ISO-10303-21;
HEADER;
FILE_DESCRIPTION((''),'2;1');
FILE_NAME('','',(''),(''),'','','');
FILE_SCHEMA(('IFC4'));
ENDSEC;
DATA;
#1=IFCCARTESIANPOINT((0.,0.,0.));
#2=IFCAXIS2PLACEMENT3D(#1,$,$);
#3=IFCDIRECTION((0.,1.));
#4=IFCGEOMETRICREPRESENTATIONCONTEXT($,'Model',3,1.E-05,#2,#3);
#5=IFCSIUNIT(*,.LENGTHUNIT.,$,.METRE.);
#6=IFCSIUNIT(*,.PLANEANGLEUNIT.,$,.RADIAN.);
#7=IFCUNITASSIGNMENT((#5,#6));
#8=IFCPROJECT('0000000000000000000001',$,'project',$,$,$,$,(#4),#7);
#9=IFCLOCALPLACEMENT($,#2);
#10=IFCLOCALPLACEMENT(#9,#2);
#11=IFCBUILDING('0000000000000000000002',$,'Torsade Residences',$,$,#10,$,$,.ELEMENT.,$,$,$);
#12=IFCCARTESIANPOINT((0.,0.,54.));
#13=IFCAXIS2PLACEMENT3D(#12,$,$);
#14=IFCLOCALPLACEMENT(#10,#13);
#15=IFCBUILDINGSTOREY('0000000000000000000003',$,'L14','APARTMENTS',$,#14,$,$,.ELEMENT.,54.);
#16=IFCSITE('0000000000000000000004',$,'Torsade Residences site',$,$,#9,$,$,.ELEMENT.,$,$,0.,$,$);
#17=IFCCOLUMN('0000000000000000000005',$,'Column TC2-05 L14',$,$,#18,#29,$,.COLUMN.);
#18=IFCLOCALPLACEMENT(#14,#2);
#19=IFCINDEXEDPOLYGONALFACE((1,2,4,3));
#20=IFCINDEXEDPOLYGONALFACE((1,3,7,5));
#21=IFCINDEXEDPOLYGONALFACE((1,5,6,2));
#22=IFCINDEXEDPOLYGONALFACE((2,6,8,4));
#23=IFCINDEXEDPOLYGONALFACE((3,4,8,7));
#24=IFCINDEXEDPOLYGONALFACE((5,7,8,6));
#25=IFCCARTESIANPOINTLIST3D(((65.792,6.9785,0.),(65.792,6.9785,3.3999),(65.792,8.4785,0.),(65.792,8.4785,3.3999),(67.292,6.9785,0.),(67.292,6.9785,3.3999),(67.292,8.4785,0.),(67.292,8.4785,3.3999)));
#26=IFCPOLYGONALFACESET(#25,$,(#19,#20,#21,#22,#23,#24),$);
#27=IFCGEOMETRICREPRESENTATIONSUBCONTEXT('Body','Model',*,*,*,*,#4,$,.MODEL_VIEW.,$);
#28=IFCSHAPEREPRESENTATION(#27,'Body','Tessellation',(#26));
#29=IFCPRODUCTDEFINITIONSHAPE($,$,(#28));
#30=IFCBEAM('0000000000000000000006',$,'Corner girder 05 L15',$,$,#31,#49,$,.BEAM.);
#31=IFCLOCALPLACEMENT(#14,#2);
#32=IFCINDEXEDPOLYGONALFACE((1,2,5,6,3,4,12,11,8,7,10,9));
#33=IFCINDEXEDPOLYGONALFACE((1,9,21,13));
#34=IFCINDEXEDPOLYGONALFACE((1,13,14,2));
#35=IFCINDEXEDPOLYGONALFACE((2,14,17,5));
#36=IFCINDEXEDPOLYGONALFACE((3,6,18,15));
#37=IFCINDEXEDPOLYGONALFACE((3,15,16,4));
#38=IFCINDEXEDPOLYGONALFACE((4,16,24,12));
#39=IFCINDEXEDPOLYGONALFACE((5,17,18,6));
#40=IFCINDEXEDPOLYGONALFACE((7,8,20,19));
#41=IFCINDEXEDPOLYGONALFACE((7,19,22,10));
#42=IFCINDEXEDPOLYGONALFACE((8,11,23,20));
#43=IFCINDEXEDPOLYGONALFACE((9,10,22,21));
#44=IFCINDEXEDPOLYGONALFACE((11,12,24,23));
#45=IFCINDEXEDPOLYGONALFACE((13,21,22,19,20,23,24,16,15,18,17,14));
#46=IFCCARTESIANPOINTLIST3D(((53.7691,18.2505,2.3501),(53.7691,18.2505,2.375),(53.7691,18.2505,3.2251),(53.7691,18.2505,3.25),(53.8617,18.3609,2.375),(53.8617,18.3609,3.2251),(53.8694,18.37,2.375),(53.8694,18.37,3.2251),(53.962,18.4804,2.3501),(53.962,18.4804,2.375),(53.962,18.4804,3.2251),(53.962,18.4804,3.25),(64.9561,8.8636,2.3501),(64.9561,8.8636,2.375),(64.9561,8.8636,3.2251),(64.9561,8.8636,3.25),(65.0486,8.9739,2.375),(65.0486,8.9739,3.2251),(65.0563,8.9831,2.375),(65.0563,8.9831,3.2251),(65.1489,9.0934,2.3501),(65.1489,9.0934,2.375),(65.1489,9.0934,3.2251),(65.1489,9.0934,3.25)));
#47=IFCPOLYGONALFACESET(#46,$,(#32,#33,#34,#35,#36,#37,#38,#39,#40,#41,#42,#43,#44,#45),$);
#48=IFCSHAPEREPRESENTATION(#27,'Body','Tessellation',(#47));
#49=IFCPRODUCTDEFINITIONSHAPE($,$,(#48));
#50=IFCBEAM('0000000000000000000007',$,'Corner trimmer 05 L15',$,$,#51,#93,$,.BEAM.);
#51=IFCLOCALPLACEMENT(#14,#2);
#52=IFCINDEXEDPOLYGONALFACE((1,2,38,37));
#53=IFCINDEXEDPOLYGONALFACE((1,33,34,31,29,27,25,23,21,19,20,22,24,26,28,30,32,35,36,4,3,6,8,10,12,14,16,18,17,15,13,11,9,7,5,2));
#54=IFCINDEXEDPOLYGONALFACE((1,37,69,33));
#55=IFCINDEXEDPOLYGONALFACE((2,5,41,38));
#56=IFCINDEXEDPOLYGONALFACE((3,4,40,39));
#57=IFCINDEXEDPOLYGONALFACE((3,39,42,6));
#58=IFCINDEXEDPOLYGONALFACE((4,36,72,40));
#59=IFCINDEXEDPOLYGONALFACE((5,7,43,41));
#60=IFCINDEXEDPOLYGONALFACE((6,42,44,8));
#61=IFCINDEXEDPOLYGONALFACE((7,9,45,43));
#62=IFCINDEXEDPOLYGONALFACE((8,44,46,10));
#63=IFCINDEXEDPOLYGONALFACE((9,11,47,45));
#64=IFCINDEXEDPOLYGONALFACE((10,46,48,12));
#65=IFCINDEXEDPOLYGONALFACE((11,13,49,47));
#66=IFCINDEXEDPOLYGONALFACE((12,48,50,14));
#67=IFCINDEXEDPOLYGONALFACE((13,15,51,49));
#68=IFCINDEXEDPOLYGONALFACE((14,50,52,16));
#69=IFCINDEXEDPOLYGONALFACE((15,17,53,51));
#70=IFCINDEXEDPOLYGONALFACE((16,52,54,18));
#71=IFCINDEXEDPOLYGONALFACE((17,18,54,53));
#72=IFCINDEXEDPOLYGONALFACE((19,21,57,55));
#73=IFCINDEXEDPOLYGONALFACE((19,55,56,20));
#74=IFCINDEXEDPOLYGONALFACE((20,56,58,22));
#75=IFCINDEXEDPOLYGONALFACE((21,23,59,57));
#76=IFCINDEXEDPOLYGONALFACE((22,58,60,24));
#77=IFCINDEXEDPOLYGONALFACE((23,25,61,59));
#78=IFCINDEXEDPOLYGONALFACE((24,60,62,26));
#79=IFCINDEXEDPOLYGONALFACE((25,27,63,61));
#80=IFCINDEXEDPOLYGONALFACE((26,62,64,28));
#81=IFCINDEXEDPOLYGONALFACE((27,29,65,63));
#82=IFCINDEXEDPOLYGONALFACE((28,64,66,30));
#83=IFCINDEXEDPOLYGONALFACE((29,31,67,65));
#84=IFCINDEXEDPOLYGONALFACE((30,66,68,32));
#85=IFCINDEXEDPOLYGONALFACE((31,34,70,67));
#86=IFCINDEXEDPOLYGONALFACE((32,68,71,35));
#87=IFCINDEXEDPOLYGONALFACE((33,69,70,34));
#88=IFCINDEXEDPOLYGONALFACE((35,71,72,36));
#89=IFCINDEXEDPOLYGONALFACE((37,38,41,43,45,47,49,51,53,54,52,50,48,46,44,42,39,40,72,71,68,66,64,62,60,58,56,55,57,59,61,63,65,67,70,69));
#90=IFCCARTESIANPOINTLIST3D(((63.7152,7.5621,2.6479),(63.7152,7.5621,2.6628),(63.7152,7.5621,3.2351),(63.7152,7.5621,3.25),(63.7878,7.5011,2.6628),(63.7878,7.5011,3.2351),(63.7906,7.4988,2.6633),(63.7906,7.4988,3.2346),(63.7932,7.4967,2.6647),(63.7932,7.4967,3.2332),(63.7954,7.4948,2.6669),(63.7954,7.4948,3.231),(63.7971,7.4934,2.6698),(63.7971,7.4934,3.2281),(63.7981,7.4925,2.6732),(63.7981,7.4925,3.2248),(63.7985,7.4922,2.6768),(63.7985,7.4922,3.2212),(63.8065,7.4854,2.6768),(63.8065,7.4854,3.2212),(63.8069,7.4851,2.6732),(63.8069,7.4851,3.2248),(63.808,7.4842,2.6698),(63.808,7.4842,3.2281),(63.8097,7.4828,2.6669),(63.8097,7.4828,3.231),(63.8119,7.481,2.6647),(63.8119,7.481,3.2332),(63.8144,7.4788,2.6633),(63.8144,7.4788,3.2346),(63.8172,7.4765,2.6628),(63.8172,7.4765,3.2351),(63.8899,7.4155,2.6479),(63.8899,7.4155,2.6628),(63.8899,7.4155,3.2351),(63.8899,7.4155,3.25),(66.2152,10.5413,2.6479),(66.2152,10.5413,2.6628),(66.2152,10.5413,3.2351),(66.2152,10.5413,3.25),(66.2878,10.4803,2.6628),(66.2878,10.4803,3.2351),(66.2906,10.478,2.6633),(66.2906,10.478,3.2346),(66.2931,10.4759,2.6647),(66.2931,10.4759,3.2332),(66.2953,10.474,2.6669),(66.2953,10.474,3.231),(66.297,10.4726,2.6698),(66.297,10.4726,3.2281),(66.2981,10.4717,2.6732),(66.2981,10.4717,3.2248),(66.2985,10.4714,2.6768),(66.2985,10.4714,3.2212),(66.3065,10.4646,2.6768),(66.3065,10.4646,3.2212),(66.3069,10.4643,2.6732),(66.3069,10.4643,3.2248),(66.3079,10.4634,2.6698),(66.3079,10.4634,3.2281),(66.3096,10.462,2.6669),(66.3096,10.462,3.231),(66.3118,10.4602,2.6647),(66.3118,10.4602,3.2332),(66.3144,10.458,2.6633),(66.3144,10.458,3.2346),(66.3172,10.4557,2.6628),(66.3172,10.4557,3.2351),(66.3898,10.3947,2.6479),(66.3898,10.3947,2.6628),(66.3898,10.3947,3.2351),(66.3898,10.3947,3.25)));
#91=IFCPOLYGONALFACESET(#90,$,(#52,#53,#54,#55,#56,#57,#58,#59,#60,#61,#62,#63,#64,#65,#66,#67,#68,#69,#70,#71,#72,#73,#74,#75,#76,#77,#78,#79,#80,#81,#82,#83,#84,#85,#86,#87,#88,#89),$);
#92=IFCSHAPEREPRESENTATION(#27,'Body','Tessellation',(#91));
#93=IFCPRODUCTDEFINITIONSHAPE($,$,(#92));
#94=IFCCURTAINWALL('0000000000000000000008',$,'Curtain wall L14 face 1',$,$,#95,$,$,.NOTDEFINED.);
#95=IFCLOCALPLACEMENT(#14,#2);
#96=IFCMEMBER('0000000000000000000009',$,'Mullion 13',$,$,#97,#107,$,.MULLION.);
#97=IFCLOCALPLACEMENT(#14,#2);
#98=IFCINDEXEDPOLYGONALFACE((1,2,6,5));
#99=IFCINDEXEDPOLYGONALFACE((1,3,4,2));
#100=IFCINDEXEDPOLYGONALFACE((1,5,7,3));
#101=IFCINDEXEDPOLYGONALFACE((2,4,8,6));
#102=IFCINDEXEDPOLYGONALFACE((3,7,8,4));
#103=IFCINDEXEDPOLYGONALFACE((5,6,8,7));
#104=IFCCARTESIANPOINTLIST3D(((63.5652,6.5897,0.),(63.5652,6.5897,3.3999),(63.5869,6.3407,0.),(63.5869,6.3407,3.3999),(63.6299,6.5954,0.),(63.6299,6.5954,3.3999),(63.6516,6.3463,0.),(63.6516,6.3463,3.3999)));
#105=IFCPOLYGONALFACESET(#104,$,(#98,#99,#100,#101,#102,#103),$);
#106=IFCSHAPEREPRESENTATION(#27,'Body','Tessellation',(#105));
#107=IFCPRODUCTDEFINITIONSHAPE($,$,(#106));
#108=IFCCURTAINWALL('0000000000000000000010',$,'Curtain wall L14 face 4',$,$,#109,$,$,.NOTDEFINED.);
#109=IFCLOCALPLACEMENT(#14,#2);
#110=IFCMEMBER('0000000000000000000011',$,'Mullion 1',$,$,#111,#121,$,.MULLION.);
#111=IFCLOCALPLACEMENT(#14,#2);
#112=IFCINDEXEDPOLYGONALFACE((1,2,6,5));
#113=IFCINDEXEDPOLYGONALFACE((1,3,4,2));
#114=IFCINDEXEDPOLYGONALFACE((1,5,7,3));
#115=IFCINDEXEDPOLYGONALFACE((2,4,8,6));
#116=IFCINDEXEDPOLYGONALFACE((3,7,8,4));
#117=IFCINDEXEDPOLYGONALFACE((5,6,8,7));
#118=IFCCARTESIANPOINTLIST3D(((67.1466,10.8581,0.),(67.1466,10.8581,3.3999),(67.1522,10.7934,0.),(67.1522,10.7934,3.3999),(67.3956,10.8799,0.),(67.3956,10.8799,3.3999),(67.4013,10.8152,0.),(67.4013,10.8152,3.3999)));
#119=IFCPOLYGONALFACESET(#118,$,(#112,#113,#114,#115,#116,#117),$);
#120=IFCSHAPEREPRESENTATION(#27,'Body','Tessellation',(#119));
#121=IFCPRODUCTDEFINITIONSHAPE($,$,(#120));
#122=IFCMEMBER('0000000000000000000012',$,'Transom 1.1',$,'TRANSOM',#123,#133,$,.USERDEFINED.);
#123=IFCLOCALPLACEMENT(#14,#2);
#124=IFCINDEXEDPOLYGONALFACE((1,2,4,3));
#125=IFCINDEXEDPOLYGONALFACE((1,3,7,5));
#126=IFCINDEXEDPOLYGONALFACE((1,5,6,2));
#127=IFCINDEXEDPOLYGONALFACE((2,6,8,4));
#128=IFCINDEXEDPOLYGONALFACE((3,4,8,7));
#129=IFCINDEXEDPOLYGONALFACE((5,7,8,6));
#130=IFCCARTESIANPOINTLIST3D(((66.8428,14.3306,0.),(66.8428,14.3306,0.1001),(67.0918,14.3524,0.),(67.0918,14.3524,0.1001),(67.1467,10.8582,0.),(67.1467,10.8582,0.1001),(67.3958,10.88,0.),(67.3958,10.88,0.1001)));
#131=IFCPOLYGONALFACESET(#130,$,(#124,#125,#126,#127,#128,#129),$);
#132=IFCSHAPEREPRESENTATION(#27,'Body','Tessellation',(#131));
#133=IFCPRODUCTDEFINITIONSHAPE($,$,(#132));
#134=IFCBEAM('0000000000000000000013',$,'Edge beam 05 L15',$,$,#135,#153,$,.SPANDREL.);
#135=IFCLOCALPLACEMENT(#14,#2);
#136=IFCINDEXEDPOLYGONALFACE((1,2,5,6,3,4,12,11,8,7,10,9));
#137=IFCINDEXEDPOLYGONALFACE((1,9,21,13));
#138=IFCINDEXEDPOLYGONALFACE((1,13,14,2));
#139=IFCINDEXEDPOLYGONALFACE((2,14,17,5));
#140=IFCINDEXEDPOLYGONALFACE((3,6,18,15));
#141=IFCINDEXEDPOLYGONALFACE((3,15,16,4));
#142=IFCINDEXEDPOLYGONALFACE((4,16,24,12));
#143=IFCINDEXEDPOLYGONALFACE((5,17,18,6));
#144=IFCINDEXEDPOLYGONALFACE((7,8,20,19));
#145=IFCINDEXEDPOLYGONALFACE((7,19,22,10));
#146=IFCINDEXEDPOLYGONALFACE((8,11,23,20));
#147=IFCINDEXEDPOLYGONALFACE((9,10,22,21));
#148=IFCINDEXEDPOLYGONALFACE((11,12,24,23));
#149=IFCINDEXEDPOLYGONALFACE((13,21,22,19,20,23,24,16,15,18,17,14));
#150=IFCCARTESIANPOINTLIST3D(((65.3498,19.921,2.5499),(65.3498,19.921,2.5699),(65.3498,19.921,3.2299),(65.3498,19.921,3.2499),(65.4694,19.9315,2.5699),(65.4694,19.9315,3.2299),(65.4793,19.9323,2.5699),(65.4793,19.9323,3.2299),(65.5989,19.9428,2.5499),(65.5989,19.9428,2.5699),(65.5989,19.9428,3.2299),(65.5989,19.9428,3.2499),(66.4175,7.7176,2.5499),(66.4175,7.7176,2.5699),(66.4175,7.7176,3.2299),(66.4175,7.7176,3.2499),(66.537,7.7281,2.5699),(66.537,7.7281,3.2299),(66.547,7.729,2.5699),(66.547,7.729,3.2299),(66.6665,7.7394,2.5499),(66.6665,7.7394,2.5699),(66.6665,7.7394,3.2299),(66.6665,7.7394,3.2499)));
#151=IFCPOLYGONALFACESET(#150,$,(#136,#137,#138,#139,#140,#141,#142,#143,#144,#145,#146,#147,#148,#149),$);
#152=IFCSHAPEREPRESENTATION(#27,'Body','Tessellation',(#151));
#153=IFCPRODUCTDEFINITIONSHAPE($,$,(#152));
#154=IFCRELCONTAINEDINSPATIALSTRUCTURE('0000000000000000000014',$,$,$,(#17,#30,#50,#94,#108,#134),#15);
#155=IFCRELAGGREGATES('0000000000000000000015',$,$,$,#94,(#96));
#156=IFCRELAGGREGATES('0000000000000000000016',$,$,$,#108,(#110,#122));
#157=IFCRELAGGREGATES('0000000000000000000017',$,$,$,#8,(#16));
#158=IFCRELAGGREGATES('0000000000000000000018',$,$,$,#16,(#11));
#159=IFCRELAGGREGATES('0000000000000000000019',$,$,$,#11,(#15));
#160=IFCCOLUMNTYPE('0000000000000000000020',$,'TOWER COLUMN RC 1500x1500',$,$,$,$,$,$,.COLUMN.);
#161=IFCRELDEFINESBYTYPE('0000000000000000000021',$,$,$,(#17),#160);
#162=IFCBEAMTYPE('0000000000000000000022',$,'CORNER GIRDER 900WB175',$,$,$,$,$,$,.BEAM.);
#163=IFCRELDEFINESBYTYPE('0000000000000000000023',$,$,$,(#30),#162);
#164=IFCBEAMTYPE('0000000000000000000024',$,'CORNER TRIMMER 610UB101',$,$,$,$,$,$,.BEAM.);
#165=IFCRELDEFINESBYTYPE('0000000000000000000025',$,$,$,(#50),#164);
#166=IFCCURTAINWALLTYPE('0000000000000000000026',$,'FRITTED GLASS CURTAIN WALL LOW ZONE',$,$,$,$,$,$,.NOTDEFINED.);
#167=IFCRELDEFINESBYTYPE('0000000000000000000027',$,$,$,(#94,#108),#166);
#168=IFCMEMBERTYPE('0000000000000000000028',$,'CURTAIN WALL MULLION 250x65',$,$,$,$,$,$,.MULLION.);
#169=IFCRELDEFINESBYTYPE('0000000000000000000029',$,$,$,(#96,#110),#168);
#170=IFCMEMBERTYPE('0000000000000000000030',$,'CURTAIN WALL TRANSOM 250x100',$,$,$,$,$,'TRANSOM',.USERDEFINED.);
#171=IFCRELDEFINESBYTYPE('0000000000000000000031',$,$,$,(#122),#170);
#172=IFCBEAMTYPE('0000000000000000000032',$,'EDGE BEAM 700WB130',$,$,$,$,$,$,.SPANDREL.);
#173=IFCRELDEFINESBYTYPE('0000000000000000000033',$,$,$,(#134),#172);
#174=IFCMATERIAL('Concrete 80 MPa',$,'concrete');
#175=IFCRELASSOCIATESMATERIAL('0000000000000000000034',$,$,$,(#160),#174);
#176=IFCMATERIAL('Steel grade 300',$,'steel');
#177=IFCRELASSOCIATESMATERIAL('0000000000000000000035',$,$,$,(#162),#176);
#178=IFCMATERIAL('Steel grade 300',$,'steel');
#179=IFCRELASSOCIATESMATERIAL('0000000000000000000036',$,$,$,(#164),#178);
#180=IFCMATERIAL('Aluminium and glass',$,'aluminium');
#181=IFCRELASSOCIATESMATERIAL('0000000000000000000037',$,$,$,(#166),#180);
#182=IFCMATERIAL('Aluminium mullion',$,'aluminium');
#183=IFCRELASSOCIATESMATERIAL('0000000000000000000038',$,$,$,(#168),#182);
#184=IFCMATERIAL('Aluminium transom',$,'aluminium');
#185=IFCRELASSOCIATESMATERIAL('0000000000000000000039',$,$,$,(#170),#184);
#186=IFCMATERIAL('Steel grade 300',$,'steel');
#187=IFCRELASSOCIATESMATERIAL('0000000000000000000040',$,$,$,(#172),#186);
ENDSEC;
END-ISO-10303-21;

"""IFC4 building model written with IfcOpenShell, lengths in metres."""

from ifc_helpers import new_model, si_unit, direction, frame, origin, origin_2d, place, context, subcontext, project, spatial, rectangle, i_section, extrude, material, material_profile, profile_set, type_object, element, aggregate, save


model = new_model("IFC4")

# Units and contexts
model_context = context("Model", 3, precision=1e-05, world=origin(), true_north=direction((0.0, 1.0)))
body_context = subcontext(model_context, "Body", "Model", "MODEL_VIEW")
ifc_project = project(units=[si_unit("LENGTHUNIT", "METRE"), si_unit("PLANEANGLEUNIT", "RADIAN")], contexts=[model_context])

# Site, building, storey
site_placement = place(None, origin())
site = spatial("IfcSite", under=ifc_project, at=site_placement, Name="Torsade Residences site", CompositionType="ELEMENT", RefElevation=0.0)
building_placement = place(site_placement, origin())
building = spatial("IfcBuilding", under=site, at=building_placement, Name="Torsade Residences", CompositionType="ELEMENT")
storey_placement = place(building_placement, frame((0.0, 0.0, 54.0)))
storey = spatial("IfcBuildingStorey", under=building, at=storey_placement, Name="L14", Description="APARTMENTS", CompositionType="ELEMENT", Elevation=54.0)

# Column
ifc_material_1 = material(Name="Concrete 80 MPa", Category="concrete")
ifc_material_profile_1 = material_profile(ifc_material_1, rectangle(XDim=1.5, YDim=1.5, at=origin_2d()), Name="RC 1500x1500")
ifc_profile_set_1 = profile_set([ifc_material_profile_1], Name="Concrete 80 MPa")
column_type = type_object("IfcColumnType", Name="TOWER COLUMN RC 1500x1500", PredefinedType="COLUMN", material=ifc_profile_set_1)
column_placement = place(storey_placement, frame((66.542, 7.7285, 0.0), z_axis=(0.0, 0.0, 1.0), x_axis=(1.0, 0.0, 0.0)))
element("IfcColumn", 1, at=column_placement, inside=storey, type_object=column_type, Name="Column TC2-05 L14", PredefinedType="COLUMN", context=body_context, shape_type="SweptSolid", body=[
    extrude(rectangle(XDim=1.5, YDim=1.5, at=origin_2d()), origin(), (0.0, 0.0, 1.0), 3.3999),
])

# Beams
ifc_material_2 = material(Name="Steel grade 300", Category="steel")
ifc_material_profile_2 = material_profile(ifc_material_2, i_section(OverallWidth=0.3, OverallDepth=0.8999, WebThickness=0.012, FlangeThickness=0.0249, at=origin_2d()), Name="900WB175")
ifc_profile_set_2 = profile_set([ifc_material_profile_2], Name="Steel grade 300")
beam_type_1 = type_object("IfcBeamType", Name="CORNER GIRDER 900WB175", PredefinedType="BEAM", material=ifc_profile_set_2)
beam_1_placement = place(storey_placement, frame((65.0525, 8.9785, 2.8), z_axis=(-0.766046, 0.642785, 0.0), x_axis=(-0.642785, -0.766046, 0.0)))
element("IfcBeam", 2, at=beam_1_placement, inside=storey, type_object=beam_type_1, Name="Corner girder 05 L15", PredefinedType="BEAM", context=body_context, shape_type="SweptSolid", body=[
    extrude(i_section(OverallWidth=0.3, OverallDepth=0.8999, WebThickness=0.012, FlangeThickness=0.0249, at=origin_2d()), origin(), (0.0, 0.0, 1.0), 14.6035),
])
ifc_material_3 = material(Name="Steel grade 300", Category="steel")
ifc_material_profile_3 = material_profile(ifc_material_3, i_section(OverallWidth=0.228, OverallDepth=0.6021, WebThickness=0.0105, FlangeThickness=0.0149, FilletRadius=0.0139, at=origin_2d()), Name="610UB101")
ifc_profile_set_3 = profile_set([ifc_material_profile_3], Name="Steel grade 300")
beam_type_2 = type_object("IfcBeamType", Name="CORNER TRIMMER 610UB101", PredefinedType="BEAM", material=ifc_profile_set_3)
beam_2_placement = place(storey_placement, frame((66.3025, 10.468, 2.949), z_axis=(-0.642805, -0.76603, 0.0), x_axis=(0.76603, -0.642805, 0.0)))
element("IfcBeam", 3, at=beam_2_placement, inside=storey, type_object=beam_type_2, Name="Corner trimmer 05 L15", PredefinedType="BEAM", context=body_context, shape_type="SweptSolid", body=[
    extrude(i_section(OverallWidth=0.228, OverallDepth=0.6021, WebThickness=0.0105, FlangeThickness=0.0149, FilletRadius=0.0139, at=origin_2d()), origin(), (0.0, 0.0, 1.0), 3.8892),
])

# Curtain wall, member
ifc_material_4 = material(Name="Aluminium and glass", Category="aluminium")
curtain_wall_type = type_object("IfcCurtainWallType", Name="FRITTED GLASS CURTAIN WALL LOW ZONE", PredefinedType="NOTDEFINED", material=ifc_material_4)
curtain_wall_1_placement = place(storey_placement, origin())
curtain_wall_1 = element("IfcCurtainWall", 4, at=curtain_wall_1_placement, inside=storey, type_object=curtain_wall_type, Name="Curtain wall L14 face 1", PredefinedType="NOTDEFINED")
ifc_material_5 = material(Name="Aluminium mullion", Category="aluminium")
ifc_material_profile_4 = material_profile(ifc_material_5, rectangle(XDim=0.25, YDim=0.0649, at=origin_2d()), Name="CURTAIN WALL MULLION 250x65")
ifc_profile_set_4 = profile_set([ifc_material_profile_4], Name="Aluminium mullion")
member_type_1 = type_object("IfcMemberType", Name="CURTAIN WALL MULLION 250x65", PredefinedType="MULLION", material=ifc_profile_set_4)
member_1_placement = place(storey_placement, frame((63.6084, 6.468, 0.0), z_axis=(0.0, 0.0, 1.0), x_axis=(-0.087156, 0.996195, 0.0)))
member_1 = element("IfcMember", 5, at=member_1_placement, type_object=member_type_1, Name="Mullion 13", PredefinedType="MULLION", context=body_context, shape_type="SweptSolid", body=[
    extrude(rectangle(XDim=0.25, YDim=0.0649, at=origin_2d()), origin(), (0.0, 0.0, 1.0), 3.3999),
])
aggregate(curtain_wall_1, [member_1])

# Curtain wall, members
curtain_wall_2_placement = place(storey_placement, origin())
curtain_wall_2 = element("IfcCurtainWall", 6, at=curtain_wall_2_placement, inside=storey, type_object=curtain_wall_type, Name="Curtain wall L14 face 4", PredefinedType="NOTDEFINED")
member_2_placement = place(storey_placement, frame((67.2739, 10.8367, 0.0), z_axis=(0.0, 0.0, 1.0), x_axis=(-0.996195, -0.087156, 0.0)))
member_2 = element("IfcMember", 7, at=member_2_placement, type_object=member_type_1, Name="Mullion 1", PredefinedType="MULLION", context=body_context, shape_type="SweptSolid", body=[
    extrude(rectangle(XDim=0.25, YDim=0.0649, at=origin_2d()), origin(), (0.0, 0.0, 1.0), 3.3999),
])
ifc_material_6 = material(Name="Aluminium transom", Category="aluminium")
ifc_material_profile_5 = material_profile(ifc_material_6, rectangle(XDim=0.25, YDim=0.1001, at=origin_2d()), Name="CURTAIN WALL TRANSOM 250x100")
ifc_profile_set_5 = profile_set([ifc_material_profile_5], Name="Aluminium transom")
member_type_2 = type_object("IfcMemberType", Name="CURTAIN WALL TRANSOM 250x100", ElementType="TRANSOM", PredefinedType="USERDEFINED", material=ifc_profile_set_5)
member_3_placement = place(storey_placement, frame((67.2712, 10.8691, 0.05), z_axis=(-0.087201, 0.996191, 0.0), x_axis=(-0.996191, -0.087201, 0.0)))
member_3 = element("IfcMember", 8, at=member_3_placement, type_object=member_type_2, Name="Transom 1.1", ObjectType="TRANSOM", PredefinedType="USERDEFINED", context=body_context, shape_type="SweptSolid", body=[
    extrude(rectangle(XDim=0.25, YDim=0.1001, at=origin_2d()), origin(), (0.0, 0.0, 1.0), 3.4856),
])

# Beam
ifc_material_7 = material(Name="Steel grade 300", Category="steel")
ifc_material_profile_6 = material_profile(ifc_material_7, i_section(OverallWidth=0.25, OverallDepth=0.7, WebThickness=0.01, FlangeThickness=0.02, at=origin_2d()), Name="700WB130")
ifc_profile_set_6 = profile_set([ifc_material_profile_6], Name="Steel grade 300")
beam_type_3 = type_object("IfcBeamType", Name="EDGE BEAM 700WB130", PredefinedType="SPANDREL", material=ifc_profile_set_6)
beam_3_placement = place(storey_placement, frame((66.542, 7.7285, 2.8999), z_axis=(-0.087153, 0.996195, 0.0), x_axis=(-0.996195, -0.087153, 0.0)))
element("IfcBeam", 9, at=beam_3_placement, inside=storey, type_object=beam_type_3, Name="Edge beam 05 L15", PredefinedType="SPANDREL", context=body_context, shape_type="SweptSolid", body=[
    extrude(i_section(OverallWidth=0.25, OverallDepth=0.7, WebThickness=0.01, FlangeThickness=0.02, at=origin_2d()), origin(), (0.0, 0.0, 1.0), 12.25),
])

aggregate(curtain_wall_2, [member_2, member_3])

save(model, "model.ifc")
